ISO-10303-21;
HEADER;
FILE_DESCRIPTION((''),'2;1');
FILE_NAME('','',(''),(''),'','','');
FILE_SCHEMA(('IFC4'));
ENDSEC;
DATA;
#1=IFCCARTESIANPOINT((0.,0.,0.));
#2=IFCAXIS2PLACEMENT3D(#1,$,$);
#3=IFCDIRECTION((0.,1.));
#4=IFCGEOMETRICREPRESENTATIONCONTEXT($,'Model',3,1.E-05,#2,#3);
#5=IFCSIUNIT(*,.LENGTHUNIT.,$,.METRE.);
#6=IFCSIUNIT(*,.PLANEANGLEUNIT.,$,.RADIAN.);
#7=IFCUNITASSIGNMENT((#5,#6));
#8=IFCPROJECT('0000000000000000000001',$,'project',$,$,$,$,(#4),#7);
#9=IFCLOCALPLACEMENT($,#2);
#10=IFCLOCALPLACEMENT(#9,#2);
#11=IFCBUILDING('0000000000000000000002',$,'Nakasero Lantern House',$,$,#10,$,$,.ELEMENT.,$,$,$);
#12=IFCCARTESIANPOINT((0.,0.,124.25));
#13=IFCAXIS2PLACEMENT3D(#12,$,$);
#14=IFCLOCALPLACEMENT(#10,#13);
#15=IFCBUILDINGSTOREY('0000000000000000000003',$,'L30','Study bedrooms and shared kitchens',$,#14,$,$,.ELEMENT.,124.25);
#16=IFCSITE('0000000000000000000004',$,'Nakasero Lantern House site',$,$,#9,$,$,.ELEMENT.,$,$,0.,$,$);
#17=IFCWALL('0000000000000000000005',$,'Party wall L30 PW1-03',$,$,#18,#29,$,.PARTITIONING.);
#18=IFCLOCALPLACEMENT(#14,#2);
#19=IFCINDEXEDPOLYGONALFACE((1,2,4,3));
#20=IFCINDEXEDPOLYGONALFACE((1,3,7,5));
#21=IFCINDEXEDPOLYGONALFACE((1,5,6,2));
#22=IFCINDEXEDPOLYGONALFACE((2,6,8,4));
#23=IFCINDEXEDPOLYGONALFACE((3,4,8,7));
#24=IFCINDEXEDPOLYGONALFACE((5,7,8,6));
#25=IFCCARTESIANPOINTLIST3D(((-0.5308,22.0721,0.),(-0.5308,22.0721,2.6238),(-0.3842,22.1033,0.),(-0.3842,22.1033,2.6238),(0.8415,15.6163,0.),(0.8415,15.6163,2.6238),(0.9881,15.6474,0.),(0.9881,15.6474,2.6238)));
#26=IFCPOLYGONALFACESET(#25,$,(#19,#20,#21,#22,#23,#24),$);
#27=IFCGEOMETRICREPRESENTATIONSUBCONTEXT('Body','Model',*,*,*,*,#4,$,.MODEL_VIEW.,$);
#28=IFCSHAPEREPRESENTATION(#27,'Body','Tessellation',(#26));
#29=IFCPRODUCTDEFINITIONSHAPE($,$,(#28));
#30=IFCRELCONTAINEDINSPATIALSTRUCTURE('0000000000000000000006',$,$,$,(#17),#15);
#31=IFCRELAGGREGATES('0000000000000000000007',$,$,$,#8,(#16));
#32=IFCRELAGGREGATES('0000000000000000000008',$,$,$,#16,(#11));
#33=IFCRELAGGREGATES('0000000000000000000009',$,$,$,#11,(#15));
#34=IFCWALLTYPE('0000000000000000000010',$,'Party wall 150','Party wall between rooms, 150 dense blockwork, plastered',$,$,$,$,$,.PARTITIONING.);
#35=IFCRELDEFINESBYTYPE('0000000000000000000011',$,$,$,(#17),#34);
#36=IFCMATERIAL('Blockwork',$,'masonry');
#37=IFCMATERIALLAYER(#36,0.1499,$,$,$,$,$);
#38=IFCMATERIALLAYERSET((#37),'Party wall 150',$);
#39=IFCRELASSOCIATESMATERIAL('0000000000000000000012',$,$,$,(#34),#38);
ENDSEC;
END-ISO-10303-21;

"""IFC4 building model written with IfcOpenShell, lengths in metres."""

from ifc_helpers import new_model, si_unit, direction, frame, frame_2d, origin, place, context, subcontext, project, spatial, rectangle, extrude, material, layer, layer_set, type_object, element, save


model = new_model("IFC4")

# Units and contexts
model_context = context("Model", 3, precision=1e-05, world=origin(), true_north=direction((0.0, 1.0)))
body_context = subcontext(model_context, "Body", "Model", "MODEL_VIEW")
ifc_project = project(units=[si_unit("LENGTHUNIT", "METRE"), si_unit("PLANEANGLEUNIT", "RADIAN")], contexts=[model_context])

# Site, building, storey
site_placement = place(None, origin())
site = spatial("IfcSite", under=ifc_project, at=site_placement, Name="Nakasero Lantern House site", CompositionType="ELEMENT", RefElevation=0.0)
building_placement = place(site_placement, origin())
building = spatial("IfcBuilding", under=site, at=building_placement, Name="Nakasero Lantern House", CompositionType="ELEMENT")
storey_placement = place(building_placement, frame((0.0, 0.0, 124.25)))
storey = spatial("IfcBuildingStorey", under=building, at=storey_placement, Name="L30", Description="Study bedrooms and shared kitchens", CompositionType="ELEMENT", Elevation=124.25)

# Wall
ifc_material_1 = material(Name="Blockwork", Category="masonry")
ifc_layer_1 = layer(ifc_material_1, 0.1499)
ifc_layer_set_1 = layer_set([ifc_layer_1], Name="Party wall 150")
wall_type_1 = type_object("IfcWallType", Name="Party wall 150", Description="Party wall between rooms, 150 dense blockwork, plastered", PredefinedType="PARTITIONING", material=ifc_layer_set_1)
wall_1_placement = place(storey_placement, frame((0.9148, 15.6318, 0.0), z_axis=(0.0, 0.0, 1.0), x_axis=(-0.207925, 0.978145, 0.0)))
element("IfcWall", 1, at=wall_1_placement, inside=storey, type_object=wall_type_1, Name="Party wall L30 PW1-03", PredefinedType="PARTITIONING", context=body_context, shape_type="SweptSolid", body=[
    extrude(rectangle(XDim=6.6001, YDim=0.1499, at=frame_2d((3.3, 0.0))), origin(), (0.0, 0.0, 1.0), 2.6238),
])

save(model, "model.ifc")
